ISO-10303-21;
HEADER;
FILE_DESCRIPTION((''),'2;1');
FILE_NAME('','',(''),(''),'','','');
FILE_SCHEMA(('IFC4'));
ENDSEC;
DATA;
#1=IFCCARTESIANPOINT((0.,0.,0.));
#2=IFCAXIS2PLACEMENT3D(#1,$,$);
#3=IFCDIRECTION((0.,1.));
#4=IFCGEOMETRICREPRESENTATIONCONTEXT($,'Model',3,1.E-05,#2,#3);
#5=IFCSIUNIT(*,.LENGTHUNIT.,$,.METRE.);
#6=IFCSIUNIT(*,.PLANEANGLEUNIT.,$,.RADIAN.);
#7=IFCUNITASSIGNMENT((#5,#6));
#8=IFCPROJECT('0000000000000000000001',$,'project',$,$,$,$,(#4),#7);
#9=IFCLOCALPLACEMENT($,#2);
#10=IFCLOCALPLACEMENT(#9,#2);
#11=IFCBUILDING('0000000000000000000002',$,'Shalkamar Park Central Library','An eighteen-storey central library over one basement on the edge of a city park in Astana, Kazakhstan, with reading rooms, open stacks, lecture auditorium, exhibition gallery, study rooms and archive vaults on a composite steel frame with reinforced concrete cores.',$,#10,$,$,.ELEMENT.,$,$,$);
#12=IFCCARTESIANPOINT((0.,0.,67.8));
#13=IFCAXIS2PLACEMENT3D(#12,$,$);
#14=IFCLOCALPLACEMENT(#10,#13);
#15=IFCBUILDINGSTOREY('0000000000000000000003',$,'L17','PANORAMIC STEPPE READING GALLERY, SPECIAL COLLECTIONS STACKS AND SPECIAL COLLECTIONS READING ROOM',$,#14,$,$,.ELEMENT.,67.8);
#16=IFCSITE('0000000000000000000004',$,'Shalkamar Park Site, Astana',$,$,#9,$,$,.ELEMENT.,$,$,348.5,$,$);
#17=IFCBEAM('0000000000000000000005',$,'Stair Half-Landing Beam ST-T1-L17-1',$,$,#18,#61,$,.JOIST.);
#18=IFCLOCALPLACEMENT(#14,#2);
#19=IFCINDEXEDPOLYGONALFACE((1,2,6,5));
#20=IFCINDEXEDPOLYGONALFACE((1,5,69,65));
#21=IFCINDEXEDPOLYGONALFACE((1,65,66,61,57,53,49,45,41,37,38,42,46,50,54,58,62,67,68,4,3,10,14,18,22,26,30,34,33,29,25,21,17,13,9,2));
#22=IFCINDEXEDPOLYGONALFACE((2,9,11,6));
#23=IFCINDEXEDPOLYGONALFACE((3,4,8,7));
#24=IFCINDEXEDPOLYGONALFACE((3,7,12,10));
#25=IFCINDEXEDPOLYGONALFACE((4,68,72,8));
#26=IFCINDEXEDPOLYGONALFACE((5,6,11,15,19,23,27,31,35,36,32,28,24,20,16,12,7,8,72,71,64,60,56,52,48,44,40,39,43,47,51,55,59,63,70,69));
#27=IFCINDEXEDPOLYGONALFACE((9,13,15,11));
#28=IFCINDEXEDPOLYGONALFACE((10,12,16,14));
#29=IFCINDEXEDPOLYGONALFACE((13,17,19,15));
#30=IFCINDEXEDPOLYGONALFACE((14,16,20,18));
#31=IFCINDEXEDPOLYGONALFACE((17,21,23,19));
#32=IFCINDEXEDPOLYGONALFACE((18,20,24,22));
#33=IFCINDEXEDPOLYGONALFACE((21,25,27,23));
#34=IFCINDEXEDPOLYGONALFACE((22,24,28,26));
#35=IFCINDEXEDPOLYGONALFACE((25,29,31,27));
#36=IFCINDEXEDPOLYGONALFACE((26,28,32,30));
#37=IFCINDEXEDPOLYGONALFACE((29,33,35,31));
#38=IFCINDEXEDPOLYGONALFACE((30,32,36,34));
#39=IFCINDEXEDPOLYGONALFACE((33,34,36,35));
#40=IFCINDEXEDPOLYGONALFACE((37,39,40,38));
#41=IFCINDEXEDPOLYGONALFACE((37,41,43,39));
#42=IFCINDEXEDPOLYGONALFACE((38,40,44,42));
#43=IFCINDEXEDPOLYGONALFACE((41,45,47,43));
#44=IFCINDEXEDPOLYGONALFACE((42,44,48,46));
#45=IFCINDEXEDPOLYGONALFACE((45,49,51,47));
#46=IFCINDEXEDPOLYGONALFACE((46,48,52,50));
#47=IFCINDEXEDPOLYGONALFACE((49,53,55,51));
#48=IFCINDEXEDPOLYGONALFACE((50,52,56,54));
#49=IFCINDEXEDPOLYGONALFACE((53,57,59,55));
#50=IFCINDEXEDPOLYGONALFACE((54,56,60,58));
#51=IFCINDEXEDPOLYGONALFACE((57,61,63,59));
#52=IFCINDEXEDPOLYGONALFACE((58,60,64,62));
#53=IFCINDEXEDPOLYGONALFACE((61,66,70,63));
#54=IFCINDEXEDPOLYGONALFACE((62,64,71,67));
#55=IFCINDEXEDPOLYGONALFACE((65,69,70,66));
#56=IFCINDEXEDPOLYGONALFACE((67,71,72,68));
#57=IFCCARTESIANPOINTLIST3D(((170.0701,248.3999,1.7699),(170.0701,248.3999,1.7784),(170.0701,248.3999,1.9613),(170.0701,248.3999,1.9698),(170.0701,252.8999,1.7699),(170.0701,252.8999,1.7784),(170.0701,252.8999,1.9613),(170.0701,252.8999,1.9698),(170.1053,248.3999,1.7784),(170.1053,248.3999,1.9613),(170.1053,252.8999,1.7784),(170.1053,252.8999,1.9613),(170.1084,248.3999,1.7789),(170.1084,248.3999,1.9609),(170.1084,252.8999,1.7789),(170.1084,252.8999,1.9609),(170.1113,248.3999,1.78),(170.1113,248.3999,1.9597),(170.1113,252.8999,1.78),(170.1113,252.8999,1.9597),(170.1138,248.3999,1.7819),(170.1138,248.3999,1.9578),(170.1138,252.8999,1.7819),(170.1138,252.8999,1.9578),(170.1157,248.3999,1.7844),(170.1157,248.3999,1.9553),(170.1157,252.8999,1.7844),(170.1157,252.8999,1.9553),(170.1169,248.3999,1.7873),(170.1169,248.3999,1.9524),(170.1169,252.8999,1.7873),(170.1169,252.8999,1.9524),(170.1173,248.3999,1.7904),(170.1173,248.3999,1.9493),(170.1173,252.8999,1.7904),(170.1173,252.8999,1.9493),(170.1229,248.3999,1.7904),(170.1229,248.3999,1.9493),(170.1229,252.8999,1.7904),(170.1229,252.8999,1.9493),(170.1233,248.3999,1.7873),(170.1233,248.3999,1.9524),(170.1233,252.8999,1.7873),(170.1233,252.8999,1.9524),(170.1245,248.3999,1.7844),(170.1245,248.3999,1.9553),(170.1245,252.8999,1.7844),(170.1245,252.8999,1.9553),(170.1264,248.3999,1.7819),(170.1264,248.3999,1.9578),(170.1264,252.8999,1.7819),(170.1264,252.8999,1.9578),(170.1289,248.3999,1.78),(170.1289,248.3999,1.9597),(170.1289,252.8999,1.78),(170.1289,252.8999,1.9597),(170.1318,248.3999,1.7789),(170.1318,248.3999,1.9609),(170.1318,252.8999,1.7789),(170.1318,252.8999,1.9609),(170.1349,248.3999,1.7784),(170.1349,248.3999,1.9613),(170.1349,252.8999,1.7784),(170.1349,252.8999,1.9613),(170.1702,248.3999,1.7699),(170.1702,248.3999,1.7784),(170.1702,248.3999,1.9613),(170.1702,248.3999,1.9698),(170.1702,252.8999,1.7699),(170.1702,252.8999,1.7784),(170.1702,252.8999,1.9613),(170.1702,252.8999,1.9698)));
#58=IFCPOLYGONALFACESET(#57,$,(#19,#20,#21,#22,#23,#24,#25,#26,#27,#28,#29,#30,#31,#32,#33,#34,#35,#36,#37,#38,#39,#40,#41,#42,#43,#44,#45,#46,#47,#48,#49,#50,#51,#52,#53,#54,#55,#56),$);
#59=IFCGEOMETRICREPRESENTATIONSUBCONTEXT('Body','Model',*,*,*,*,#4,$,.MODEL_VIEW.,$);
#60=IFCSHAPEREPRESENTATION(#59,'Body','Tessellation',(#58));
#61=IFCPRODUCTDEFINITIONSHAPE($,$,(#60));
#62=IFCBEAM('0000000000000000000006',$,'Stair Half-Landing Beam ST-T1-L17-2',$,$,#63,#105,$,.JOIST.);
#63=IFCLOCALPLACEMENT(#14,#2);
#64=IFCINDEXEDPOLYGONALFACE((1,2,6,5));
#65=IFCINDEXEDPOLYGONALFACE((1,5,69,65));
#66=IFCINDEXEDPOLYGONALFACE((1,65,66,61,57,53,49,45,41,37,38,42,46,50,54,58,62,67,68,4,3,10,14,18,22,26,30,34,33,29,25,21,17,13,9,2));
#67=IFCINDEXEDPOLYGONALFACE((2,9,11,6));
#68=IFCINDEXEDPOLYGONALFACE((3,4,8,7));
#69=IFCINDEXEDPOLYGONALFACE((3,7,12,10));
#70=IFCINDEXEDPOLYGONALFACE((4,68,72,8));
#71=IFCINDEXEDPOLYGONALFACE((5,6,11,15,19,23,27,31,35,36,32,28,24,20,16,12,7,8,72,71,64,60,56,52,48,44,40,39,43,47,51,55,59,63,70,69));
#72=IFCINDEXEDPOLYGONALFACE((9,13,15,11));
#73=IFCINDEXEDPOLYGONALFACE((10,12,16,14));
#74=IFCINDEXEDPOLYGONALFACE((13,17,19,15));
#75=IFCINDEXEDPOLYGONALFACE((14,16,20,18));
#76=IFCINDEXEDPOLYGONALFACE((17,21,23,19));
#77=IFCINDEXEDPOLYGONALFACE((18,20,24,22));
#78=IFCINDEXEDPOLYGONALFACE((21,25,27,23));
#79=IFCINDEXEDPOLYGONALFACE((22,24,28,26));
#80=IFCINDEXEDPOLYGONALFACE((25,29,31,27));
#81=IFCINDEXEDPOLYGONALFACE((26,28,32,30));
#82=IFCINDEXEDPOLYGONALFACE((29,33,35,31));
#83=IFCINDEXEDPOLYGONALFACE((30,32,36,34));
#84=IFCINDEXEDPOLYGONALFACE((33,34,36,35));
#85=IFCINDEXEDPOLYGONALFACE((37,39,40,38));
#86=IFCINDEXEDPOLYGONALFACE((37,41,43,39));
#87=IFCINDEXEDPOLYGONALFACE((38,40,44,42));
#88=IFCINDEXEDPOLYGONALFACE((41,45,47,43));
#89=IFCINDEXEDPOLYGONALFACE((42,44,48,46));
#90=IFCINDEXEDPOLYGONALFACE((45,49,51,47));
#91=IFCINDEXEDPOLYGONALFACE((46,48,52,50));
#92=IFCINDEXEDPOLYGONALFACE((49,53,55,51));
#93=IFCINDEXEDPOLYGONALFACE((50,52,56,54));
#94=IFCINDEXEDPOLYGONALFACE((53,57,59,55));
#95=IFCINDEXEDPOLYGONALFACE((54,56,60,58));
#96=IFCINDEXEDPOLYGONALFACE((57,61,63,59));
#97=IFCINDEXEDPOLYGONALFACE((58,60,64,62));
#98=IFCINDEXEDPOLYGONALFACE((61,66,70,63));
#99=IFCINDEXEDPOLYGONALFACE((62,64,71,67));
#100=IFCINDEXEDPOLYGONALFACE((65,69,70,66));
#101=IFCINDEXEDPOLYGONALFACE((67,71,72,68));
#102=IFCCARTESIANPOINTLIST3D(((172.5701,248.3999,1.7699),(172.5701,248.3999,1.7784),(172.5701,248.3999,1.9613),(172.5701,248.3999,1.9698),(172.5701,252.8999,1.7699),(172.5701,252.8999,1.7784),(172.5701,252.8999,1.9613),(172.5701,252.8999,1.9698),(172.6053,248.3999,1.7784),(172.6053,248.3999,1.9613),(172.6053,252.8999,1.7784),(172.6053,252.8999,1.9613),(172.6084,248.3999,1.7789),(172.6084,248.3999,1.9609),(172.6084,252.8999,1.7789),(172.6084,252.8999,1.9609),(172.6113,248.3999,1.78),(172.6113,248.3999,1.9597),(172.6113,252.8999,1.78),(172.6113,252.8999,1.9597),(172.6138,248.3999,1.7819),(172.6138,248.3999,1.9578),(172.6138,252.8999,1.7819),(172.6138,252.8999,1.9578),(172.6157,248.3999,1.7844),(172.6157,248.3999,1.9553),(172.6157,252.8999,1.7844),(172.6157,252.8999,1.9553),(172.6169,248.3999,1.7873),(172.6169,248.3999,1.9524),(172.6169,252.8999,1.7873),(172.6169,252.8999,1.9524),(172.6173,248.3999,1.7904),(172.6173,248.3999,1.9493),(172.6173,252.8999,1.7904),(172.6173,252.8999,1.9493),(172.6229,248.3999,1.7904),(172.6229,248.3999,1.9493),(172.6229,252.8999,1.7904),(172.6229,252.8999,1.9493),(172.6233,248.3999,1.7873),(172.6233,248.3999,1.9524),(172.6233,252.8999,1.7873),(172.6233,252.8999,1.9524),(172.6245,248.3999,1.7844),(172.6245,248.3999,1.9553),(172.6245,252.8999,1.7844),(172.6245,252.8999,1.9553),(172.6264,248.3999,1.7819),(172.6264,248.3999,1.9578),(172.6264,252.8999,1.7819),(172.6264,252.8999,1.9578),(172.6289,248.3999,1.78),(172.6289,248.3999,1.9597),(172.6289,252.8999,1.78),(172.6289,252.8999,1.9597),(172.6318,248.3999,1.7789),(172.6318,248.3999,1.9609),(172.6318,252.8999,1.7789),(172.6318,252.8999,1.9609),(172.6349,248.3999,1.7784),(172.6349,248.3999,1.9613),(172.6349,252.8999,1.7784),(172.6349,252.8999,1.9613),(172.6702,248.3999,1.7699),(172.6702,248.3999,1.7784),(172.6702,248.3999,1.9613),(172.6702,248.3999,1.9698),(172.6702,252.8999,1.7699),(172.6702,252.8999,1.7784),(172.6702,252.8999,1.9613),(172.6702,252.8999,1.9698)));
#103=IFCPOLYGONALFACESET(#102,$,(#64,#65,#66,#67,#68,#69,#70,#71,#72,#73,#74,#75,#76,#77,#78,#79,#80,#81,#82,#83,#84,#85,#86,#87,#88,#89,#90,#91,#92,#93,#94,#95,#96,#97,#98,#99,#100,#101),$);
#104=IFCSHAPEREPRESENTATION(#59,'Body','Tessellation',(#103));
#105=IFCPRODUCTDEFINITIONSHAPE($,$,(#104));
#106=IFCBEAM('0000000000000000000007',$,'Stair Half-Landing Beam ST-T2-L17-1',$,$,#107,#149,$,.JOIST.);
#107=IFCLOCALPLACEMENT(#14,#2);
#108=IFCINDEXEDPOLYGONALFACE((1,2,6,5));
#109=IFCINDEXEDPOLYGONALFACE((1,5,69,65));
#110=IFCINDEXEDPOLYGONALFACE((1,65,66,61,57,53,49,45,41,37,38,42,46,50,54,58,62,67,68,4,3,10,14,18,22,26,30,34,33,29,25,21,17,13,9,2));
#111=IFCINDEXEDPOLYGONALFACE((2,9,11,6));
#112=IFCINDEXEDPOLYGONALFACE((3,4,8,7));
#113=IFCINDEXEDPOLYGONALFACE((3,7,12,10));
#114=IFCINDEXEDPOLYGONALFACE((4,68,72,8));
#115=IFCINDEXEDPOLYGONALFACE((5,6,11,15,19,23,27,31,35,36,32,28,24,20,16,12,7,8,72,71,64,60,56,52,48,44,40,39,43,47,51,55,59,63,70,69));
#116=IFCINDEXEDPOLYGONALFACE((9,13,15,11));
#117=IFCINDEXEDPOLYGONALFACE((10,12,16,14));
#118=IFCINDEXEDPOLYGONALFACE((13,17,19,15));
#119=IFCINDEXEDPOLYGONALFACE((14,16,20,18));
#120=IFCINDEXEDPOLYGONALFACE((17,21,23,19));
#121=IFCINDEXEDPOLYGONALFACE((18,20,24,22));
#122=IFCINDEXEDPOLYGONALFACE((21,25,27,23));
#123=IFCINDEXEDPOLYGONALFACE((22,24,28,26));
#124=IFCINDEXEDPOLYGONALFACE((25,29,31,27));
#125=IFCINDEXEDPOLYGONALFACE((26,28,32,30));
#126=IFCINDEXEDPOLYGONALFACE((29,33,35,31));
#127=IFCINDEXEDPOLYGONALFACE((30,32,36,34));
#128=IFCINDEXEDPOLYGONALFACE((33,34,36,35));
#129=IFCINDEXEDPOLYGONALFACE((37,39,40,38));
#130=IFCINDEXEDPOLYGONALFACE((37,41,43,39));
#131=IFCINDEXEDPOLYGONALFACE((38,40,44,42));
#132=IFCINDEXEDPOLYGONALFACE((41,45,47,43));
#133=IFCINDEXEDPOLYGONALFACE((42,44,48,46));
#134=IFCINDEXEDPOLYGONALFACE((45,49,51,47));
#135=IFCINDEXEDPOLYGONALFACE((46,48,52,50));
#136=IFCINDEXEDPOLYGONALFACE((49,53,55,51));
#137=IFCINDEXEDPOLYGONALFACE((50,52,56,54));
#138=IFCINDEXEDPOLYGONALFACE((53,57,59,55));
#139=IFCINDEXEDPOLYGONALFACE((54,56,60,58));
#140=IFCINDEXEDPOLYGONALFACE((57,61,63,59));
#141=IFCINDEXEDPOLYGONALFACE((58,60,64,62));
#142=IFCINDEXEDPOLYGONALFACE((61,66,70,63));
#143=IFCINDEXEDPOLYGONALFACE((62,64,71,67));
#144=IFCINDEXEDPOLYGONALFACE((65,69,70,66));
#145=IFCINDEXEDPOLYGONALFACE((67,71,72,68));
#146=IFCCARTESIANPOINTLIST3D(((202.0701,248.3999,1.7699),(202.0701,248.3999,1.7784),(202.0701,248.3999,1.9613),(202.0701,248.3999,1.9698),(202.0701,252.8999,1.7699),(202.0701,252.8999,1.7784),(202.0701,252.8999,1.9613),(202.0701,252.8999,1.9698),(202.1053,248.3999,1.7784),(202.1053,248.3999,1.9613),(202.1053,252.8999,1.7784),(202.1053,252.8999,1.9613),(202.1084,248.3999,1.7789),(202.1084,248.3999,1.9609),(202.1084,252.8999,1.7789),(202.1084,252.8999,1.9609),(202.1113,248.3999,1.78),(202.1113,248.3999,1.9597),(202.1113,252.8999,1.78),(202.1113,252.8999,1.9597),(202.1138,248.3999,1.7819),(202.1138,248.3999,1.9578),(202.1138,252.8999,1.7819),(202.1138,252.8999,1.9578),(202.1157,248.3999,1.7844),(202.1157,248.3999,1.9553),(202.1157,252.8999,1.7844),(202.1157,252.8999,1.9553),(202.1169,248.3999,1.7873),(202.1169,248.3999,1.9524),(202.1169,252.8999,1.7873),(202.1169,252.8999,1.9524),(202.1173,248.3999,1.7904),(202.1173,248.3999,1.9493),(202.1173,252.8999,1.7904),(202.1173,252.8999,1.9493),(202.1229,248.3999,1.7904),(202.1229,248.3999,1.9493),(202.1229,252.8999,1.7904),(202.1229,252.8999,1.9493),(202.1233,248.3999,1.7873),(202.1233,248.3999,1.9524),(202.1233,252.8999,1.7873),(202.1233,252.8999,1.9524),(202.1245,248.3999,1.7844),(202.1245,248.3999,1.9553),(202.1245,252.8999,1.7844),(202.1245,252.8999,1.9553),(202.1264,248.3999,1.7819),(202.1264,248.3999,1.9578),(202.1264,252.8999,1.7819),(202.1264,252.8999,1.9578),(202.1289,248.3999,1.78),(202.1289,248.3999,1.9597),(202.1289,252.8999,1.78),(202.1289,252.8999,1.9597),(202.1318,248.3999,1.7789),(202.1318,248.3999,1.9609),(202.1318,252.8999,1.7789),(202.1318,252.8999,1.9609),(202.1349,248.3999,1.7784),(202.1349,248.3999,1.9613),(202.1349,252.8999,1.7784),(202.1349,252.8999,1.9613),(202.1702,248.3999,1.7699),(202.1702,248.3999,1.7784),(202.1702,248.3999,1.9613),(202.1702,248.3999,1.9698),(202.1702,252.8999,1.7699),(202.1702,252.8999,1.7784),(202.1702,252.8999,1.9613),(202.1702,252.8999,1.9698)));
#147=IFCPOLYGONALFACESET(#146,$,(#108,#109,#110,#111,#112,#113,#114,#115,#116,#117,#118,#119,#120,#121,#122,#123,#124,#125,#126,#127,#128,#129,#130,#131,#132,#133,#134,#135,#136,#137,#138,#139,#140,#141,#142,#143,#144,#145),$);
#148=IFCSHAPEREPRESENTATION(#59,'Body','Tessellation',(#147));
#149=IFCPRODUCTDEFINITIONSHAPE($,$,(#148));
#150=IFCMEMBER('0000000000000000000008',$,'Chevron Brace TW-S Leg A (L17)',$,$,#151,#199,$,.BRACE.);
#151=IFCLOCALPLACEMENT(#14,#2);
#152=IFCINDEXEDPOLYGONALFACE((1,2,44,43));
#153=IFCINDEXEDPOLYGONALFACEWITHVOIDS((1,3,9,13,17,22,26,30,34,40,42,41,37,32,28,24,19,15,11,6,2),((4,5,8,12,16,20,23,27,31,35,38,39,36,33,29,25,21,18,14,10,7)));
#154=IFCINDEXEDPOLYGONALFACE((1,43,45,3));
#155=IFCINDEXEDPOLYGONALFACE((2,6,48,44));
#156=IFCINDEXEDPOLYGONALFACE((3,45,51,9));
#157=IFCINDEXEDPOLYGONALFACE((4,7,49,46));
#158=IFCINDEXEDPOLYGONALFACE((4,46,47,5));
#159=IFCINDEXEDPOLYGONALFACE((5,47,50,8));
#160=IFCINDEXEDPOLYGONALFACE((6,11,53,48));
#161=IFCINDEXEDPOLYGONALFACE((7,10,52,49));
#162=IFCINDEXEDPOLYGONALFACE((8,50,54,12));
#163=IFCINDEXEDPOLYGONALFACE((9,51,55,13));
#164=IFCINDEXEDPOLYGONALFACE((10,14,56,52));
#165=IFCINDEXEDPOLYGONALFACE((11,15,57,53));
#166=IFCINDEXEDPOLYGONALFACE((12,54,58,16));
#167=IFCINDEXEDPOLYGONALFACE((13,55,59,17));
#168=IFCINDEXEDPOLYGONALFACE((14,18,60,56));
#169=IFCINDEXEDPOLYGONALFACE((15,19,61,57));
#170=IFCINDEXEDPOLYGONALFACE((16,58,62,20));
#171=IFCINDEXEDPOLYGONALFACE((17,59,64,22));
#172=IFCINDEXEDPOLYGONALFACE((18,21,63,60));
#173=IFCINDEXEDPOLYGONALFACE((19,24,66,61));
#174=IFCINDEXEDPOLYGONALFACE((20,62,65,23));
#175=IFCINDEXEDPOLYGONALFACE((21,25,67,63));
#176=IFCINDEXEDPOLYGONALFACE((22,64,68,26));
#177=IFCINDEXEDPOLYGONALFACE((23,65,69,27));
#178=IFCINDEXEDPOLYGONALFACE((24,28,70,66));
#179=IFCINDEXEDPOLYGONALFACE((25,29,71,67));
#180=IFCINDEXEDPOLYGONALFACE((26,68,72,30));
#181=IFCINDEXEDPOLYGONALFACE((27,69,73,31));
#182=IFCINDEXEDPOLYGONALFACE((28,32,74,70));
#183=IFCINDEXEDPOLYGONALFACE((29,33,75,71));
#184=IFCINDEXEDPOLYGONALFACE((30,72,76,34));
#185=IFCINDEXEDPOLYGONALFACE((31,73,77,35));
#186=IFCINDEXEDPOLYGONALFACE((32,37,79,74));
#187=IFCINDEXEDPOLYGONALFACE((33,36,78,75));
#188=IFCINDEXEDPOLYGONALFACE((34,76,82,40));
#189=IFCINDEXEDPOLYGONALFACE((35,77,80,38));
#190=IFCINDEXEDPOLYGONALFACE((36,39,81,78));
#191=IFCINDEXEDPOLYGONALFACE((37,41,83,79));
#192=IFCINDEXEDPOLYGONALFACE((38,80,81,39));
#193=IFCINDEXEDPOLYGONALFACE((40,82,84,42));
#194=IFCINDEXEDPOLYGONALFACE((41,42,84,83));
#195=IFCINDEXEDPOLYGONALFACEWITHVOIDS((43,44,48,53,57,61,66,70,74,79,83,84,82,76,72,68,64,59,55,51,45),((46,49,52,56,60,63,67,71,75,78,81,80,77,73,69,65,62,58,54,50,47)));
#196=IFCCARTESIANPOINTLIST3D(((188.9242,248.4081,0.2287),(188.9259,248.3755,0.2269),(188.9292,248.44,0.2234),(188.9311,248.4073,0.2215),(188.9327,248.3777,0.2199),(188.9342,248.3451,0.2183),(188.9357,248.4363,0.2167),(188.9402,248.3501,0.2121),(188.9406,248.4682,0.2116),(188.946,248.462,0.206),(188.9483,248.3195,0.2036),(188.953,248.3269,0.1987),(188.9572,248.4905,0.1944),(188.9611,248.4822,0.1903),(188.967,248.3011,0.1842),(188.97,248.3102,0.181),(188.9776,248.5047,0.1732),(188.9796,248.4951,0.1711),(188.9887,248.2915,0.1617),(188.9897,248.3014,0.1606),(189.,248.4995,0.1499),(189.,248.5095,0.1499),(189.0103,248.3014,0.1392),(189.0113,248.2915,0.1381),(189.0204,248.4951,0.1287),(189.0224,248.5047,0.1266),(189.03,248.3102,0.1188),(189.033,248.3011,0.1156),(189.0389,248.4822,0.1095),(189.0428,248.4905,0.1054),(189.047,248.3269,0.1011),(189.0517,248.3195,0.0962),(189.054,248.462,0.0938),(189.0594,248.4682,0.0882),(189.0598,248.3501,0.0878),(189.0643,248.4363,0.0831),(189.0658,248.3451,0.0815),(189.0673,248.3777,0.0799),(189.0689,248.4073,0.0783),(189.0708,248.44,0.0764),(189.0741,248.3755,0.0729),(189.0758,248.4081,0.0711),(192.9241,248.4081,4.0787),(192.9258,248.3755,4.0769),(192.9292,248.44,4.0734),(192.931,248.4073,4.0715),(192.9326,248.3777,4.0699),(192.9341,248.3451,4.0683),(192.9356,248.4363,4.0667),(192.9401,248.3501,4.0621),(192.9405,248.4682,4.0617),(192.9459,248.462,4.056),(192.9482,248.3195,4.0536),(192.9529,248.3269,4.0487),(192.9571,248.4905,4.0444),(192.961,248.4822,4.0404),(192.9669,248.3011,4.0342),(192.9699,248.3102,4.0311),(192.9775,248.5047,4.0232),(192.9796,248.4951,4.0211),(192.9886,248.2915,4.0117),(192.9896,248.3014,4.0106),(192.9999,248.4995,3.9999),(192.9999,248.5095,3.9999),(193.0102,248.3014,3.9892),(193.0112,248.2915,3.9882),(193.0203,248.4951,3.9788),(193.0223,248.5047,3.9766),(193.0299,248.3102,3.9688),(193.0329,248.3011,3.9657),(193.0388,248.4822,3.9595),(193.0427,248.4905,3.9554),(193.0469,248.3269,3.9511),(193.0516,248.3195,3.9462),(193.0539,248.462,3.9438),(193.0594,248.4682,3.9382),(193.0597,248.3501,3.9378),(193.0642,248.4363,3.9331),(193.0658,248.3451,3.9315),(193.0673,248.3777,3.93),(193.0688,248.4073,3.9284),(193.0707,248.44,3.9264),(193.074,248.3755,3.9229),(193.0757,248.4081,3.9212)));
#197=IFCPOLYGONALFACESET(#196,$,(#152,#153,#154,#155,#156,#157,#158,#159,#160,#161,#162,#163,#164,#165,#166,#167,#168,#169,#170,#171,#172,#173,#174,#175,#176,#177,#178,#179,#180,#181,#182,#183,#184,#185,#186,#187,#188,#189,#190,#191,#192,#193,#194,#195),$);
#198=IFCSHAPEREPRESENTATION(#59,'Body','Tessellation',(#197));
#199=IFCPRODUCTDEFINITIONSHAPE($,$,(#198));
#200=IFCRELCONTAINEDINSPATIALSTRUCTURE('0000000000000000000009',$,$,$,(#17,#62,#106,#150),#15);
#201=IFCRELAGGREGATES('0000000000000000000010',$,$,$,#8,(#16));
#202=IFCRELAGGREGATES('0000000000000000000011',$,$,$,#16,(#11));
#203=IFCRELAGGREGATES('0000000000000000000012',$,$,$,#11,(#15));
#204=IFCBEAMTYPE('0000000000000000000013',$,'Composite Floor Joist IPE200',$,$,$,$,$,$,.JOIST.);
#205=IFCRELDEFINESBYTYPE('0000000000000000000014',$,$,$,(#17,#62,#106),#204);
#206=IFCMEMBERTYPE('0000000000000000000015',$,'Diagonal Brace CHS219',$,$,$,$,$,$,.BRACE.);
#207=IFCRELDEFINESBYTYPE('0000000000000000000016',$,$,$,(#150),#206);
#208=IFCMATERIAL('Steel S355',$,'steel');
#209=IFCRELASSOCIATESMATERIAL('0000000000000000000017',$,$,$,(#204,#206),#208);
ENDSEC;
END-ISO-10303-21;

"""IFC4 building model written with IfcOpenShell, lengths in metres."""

from ifc_helpers import new_model, si_unit, direction, frame, origin, origin_2d, place, context, subcontext, project, spatial, hollow_circle, i_section, extrude, material, material_profile, profile_set, type_object, element, save


model = new_model("IFC4")

# Units and contexts
model_context = context("Model", 3, precision=1e-05, world=origin(), true_north=direction((0.0, 1.0)))
body_context = subcontext(model_context, "Body", "Model", "MODEL_VIEW")
ifc_project = project(units=[si_unit("LENGTHUNIT", "METRE"), si_unit("PLANEANGLEUNIT", "RADIAN")], contexts=[model_context])

# Site, building, storey
site_placement = place(None, origin())
site = spatial("IfcSite", under=ifc_project, at=site_placement, Name="Shalkamar Park Site, Astana", CompositionType="ELEMENT", RefElevation=348.5)
building_placement = place(site_placement, origin())
building = spatial("IfcBuilding", under=site, at=building_placement, Name="Shalkamar Park Central Library", Description="An eighteen-storey central library over one basement on the edge of a city park in Astana, Kazakhstan, with reading rooms, open stacks, lecture auditorium, exhibition gallery, study rooms and archive vaults on a composite steel frame with reinforced concrete cores.", CompositionType="ELEMENT")
storey_placement = place(building_placement, frame((0.0, 0.0, 67.8)))
storey = spatial("IfcBuildingStorey", under=building, at=storey_placement, Name="L17", Description="PANORAMIC STEPPE READING GALLERY, SPECIAL COLLECTIONS STACKS AND SPECIAL COLLECTIONS READING ROOM", CompositionType="ELEMENT", Elevation=67.8)

# Beams
ifc_material_1 = material(Name="Steel S355", Category="steel")
ifc_material_profile_1 = material_profile(ifc_material_1, i_section(OverallWidth=0.1001, OverallDepth=0.2, WebThickness=0.0056, FlangeThickness=0.0085, FilletRadius=0.012, at=origin_2d()), Name="IPE 200")
ifc_profile_set_1 = profile_set([ifc_material_profile_1], Name="Steel S355")
beam_type_1 = type_object("IfcBeamType", Name="Composite Floor Joist IPE200", PredefinedType="JOIST", material=ifc_profile_set_1)
for number, where, z_axis, x_axis, name in (
    (1, (170.1201, 248.3999, 1.8699), (0.0, 1.0, 0.0), (-1.0, 0.0, 0.0), "Stair Half-Landing Beam ST-T1-L17-1"),
    (2, (172.6201, 248.3999, 1.8699), (0.0, 1.0, 0.0), (-1.0, 0.0, 0.0), "Stair Half-Landing Beam ST-T1-L17-2"),
    (3, (202.1201, 248.3999, 1.8699), (0.0, 1.0, 0.0), (-1.0, 0.0, 0.0), "Stair Half-Landing Beam ST-T2-L17-1"),
):
    element("IfcBeam", number, at=place(storey_placement, frame(where, z_axis=z_axis, x_axis=x_axis)), inside=storey, type_object=beam_type_1, Name=name, PredefinedType="JOIST", context=body_context, shape_type="SweptSolid", body=[
        extrude(i_section(OverallWidth=0.1001, OverallDepth=0.2, WebThickness=0.0056, FlangeThickness=0.0085, FilletRadius=0.012, at=origin_2d()), origin(), (0.0, 0.0, 1.0), 4.5),
    ])

# Member
ifc_material_profile_2 = material_profile(ifc_material_1, hollow_circle(Radius=0.1096, WallThickness=0.01, at=origin_2d()), Name="CHS 219.1x10")
ifc_profile_set_2 = profile_set([ifc_material_profile_2], Name="Steel S355")
member_type = type_object("IfcMemberType", Name="Diagonal Brace CHS219", PredefinedType="BRACE", material=ifc_profile_set_2)
for number, where, z_axis, x_axis, name in (
    (4, (189.0, 248.3999, 0.1499), (0.720478, 0.0, 0.693478), (0.0, 1.0, 0.0), "Chevron Brace TW-S Leg A (L17)"),
):
    element("IfcMember", number, at=place(storey_placement, frame(where, z_axis=z_axis, x_axis=x_axis)), inside=storey, type_object=member_type, Name=name, PredefinedType="BRACE", context=body_context, shape_type="SweptSolid", body=[
        extrude(hollow_circle(Radius=0.1096, WallThickness=0.01, at=origin_2d()), origin(), (0.0, 0.0, 1.0), 5.5518),
    ])

save(model, "model.ifc")
